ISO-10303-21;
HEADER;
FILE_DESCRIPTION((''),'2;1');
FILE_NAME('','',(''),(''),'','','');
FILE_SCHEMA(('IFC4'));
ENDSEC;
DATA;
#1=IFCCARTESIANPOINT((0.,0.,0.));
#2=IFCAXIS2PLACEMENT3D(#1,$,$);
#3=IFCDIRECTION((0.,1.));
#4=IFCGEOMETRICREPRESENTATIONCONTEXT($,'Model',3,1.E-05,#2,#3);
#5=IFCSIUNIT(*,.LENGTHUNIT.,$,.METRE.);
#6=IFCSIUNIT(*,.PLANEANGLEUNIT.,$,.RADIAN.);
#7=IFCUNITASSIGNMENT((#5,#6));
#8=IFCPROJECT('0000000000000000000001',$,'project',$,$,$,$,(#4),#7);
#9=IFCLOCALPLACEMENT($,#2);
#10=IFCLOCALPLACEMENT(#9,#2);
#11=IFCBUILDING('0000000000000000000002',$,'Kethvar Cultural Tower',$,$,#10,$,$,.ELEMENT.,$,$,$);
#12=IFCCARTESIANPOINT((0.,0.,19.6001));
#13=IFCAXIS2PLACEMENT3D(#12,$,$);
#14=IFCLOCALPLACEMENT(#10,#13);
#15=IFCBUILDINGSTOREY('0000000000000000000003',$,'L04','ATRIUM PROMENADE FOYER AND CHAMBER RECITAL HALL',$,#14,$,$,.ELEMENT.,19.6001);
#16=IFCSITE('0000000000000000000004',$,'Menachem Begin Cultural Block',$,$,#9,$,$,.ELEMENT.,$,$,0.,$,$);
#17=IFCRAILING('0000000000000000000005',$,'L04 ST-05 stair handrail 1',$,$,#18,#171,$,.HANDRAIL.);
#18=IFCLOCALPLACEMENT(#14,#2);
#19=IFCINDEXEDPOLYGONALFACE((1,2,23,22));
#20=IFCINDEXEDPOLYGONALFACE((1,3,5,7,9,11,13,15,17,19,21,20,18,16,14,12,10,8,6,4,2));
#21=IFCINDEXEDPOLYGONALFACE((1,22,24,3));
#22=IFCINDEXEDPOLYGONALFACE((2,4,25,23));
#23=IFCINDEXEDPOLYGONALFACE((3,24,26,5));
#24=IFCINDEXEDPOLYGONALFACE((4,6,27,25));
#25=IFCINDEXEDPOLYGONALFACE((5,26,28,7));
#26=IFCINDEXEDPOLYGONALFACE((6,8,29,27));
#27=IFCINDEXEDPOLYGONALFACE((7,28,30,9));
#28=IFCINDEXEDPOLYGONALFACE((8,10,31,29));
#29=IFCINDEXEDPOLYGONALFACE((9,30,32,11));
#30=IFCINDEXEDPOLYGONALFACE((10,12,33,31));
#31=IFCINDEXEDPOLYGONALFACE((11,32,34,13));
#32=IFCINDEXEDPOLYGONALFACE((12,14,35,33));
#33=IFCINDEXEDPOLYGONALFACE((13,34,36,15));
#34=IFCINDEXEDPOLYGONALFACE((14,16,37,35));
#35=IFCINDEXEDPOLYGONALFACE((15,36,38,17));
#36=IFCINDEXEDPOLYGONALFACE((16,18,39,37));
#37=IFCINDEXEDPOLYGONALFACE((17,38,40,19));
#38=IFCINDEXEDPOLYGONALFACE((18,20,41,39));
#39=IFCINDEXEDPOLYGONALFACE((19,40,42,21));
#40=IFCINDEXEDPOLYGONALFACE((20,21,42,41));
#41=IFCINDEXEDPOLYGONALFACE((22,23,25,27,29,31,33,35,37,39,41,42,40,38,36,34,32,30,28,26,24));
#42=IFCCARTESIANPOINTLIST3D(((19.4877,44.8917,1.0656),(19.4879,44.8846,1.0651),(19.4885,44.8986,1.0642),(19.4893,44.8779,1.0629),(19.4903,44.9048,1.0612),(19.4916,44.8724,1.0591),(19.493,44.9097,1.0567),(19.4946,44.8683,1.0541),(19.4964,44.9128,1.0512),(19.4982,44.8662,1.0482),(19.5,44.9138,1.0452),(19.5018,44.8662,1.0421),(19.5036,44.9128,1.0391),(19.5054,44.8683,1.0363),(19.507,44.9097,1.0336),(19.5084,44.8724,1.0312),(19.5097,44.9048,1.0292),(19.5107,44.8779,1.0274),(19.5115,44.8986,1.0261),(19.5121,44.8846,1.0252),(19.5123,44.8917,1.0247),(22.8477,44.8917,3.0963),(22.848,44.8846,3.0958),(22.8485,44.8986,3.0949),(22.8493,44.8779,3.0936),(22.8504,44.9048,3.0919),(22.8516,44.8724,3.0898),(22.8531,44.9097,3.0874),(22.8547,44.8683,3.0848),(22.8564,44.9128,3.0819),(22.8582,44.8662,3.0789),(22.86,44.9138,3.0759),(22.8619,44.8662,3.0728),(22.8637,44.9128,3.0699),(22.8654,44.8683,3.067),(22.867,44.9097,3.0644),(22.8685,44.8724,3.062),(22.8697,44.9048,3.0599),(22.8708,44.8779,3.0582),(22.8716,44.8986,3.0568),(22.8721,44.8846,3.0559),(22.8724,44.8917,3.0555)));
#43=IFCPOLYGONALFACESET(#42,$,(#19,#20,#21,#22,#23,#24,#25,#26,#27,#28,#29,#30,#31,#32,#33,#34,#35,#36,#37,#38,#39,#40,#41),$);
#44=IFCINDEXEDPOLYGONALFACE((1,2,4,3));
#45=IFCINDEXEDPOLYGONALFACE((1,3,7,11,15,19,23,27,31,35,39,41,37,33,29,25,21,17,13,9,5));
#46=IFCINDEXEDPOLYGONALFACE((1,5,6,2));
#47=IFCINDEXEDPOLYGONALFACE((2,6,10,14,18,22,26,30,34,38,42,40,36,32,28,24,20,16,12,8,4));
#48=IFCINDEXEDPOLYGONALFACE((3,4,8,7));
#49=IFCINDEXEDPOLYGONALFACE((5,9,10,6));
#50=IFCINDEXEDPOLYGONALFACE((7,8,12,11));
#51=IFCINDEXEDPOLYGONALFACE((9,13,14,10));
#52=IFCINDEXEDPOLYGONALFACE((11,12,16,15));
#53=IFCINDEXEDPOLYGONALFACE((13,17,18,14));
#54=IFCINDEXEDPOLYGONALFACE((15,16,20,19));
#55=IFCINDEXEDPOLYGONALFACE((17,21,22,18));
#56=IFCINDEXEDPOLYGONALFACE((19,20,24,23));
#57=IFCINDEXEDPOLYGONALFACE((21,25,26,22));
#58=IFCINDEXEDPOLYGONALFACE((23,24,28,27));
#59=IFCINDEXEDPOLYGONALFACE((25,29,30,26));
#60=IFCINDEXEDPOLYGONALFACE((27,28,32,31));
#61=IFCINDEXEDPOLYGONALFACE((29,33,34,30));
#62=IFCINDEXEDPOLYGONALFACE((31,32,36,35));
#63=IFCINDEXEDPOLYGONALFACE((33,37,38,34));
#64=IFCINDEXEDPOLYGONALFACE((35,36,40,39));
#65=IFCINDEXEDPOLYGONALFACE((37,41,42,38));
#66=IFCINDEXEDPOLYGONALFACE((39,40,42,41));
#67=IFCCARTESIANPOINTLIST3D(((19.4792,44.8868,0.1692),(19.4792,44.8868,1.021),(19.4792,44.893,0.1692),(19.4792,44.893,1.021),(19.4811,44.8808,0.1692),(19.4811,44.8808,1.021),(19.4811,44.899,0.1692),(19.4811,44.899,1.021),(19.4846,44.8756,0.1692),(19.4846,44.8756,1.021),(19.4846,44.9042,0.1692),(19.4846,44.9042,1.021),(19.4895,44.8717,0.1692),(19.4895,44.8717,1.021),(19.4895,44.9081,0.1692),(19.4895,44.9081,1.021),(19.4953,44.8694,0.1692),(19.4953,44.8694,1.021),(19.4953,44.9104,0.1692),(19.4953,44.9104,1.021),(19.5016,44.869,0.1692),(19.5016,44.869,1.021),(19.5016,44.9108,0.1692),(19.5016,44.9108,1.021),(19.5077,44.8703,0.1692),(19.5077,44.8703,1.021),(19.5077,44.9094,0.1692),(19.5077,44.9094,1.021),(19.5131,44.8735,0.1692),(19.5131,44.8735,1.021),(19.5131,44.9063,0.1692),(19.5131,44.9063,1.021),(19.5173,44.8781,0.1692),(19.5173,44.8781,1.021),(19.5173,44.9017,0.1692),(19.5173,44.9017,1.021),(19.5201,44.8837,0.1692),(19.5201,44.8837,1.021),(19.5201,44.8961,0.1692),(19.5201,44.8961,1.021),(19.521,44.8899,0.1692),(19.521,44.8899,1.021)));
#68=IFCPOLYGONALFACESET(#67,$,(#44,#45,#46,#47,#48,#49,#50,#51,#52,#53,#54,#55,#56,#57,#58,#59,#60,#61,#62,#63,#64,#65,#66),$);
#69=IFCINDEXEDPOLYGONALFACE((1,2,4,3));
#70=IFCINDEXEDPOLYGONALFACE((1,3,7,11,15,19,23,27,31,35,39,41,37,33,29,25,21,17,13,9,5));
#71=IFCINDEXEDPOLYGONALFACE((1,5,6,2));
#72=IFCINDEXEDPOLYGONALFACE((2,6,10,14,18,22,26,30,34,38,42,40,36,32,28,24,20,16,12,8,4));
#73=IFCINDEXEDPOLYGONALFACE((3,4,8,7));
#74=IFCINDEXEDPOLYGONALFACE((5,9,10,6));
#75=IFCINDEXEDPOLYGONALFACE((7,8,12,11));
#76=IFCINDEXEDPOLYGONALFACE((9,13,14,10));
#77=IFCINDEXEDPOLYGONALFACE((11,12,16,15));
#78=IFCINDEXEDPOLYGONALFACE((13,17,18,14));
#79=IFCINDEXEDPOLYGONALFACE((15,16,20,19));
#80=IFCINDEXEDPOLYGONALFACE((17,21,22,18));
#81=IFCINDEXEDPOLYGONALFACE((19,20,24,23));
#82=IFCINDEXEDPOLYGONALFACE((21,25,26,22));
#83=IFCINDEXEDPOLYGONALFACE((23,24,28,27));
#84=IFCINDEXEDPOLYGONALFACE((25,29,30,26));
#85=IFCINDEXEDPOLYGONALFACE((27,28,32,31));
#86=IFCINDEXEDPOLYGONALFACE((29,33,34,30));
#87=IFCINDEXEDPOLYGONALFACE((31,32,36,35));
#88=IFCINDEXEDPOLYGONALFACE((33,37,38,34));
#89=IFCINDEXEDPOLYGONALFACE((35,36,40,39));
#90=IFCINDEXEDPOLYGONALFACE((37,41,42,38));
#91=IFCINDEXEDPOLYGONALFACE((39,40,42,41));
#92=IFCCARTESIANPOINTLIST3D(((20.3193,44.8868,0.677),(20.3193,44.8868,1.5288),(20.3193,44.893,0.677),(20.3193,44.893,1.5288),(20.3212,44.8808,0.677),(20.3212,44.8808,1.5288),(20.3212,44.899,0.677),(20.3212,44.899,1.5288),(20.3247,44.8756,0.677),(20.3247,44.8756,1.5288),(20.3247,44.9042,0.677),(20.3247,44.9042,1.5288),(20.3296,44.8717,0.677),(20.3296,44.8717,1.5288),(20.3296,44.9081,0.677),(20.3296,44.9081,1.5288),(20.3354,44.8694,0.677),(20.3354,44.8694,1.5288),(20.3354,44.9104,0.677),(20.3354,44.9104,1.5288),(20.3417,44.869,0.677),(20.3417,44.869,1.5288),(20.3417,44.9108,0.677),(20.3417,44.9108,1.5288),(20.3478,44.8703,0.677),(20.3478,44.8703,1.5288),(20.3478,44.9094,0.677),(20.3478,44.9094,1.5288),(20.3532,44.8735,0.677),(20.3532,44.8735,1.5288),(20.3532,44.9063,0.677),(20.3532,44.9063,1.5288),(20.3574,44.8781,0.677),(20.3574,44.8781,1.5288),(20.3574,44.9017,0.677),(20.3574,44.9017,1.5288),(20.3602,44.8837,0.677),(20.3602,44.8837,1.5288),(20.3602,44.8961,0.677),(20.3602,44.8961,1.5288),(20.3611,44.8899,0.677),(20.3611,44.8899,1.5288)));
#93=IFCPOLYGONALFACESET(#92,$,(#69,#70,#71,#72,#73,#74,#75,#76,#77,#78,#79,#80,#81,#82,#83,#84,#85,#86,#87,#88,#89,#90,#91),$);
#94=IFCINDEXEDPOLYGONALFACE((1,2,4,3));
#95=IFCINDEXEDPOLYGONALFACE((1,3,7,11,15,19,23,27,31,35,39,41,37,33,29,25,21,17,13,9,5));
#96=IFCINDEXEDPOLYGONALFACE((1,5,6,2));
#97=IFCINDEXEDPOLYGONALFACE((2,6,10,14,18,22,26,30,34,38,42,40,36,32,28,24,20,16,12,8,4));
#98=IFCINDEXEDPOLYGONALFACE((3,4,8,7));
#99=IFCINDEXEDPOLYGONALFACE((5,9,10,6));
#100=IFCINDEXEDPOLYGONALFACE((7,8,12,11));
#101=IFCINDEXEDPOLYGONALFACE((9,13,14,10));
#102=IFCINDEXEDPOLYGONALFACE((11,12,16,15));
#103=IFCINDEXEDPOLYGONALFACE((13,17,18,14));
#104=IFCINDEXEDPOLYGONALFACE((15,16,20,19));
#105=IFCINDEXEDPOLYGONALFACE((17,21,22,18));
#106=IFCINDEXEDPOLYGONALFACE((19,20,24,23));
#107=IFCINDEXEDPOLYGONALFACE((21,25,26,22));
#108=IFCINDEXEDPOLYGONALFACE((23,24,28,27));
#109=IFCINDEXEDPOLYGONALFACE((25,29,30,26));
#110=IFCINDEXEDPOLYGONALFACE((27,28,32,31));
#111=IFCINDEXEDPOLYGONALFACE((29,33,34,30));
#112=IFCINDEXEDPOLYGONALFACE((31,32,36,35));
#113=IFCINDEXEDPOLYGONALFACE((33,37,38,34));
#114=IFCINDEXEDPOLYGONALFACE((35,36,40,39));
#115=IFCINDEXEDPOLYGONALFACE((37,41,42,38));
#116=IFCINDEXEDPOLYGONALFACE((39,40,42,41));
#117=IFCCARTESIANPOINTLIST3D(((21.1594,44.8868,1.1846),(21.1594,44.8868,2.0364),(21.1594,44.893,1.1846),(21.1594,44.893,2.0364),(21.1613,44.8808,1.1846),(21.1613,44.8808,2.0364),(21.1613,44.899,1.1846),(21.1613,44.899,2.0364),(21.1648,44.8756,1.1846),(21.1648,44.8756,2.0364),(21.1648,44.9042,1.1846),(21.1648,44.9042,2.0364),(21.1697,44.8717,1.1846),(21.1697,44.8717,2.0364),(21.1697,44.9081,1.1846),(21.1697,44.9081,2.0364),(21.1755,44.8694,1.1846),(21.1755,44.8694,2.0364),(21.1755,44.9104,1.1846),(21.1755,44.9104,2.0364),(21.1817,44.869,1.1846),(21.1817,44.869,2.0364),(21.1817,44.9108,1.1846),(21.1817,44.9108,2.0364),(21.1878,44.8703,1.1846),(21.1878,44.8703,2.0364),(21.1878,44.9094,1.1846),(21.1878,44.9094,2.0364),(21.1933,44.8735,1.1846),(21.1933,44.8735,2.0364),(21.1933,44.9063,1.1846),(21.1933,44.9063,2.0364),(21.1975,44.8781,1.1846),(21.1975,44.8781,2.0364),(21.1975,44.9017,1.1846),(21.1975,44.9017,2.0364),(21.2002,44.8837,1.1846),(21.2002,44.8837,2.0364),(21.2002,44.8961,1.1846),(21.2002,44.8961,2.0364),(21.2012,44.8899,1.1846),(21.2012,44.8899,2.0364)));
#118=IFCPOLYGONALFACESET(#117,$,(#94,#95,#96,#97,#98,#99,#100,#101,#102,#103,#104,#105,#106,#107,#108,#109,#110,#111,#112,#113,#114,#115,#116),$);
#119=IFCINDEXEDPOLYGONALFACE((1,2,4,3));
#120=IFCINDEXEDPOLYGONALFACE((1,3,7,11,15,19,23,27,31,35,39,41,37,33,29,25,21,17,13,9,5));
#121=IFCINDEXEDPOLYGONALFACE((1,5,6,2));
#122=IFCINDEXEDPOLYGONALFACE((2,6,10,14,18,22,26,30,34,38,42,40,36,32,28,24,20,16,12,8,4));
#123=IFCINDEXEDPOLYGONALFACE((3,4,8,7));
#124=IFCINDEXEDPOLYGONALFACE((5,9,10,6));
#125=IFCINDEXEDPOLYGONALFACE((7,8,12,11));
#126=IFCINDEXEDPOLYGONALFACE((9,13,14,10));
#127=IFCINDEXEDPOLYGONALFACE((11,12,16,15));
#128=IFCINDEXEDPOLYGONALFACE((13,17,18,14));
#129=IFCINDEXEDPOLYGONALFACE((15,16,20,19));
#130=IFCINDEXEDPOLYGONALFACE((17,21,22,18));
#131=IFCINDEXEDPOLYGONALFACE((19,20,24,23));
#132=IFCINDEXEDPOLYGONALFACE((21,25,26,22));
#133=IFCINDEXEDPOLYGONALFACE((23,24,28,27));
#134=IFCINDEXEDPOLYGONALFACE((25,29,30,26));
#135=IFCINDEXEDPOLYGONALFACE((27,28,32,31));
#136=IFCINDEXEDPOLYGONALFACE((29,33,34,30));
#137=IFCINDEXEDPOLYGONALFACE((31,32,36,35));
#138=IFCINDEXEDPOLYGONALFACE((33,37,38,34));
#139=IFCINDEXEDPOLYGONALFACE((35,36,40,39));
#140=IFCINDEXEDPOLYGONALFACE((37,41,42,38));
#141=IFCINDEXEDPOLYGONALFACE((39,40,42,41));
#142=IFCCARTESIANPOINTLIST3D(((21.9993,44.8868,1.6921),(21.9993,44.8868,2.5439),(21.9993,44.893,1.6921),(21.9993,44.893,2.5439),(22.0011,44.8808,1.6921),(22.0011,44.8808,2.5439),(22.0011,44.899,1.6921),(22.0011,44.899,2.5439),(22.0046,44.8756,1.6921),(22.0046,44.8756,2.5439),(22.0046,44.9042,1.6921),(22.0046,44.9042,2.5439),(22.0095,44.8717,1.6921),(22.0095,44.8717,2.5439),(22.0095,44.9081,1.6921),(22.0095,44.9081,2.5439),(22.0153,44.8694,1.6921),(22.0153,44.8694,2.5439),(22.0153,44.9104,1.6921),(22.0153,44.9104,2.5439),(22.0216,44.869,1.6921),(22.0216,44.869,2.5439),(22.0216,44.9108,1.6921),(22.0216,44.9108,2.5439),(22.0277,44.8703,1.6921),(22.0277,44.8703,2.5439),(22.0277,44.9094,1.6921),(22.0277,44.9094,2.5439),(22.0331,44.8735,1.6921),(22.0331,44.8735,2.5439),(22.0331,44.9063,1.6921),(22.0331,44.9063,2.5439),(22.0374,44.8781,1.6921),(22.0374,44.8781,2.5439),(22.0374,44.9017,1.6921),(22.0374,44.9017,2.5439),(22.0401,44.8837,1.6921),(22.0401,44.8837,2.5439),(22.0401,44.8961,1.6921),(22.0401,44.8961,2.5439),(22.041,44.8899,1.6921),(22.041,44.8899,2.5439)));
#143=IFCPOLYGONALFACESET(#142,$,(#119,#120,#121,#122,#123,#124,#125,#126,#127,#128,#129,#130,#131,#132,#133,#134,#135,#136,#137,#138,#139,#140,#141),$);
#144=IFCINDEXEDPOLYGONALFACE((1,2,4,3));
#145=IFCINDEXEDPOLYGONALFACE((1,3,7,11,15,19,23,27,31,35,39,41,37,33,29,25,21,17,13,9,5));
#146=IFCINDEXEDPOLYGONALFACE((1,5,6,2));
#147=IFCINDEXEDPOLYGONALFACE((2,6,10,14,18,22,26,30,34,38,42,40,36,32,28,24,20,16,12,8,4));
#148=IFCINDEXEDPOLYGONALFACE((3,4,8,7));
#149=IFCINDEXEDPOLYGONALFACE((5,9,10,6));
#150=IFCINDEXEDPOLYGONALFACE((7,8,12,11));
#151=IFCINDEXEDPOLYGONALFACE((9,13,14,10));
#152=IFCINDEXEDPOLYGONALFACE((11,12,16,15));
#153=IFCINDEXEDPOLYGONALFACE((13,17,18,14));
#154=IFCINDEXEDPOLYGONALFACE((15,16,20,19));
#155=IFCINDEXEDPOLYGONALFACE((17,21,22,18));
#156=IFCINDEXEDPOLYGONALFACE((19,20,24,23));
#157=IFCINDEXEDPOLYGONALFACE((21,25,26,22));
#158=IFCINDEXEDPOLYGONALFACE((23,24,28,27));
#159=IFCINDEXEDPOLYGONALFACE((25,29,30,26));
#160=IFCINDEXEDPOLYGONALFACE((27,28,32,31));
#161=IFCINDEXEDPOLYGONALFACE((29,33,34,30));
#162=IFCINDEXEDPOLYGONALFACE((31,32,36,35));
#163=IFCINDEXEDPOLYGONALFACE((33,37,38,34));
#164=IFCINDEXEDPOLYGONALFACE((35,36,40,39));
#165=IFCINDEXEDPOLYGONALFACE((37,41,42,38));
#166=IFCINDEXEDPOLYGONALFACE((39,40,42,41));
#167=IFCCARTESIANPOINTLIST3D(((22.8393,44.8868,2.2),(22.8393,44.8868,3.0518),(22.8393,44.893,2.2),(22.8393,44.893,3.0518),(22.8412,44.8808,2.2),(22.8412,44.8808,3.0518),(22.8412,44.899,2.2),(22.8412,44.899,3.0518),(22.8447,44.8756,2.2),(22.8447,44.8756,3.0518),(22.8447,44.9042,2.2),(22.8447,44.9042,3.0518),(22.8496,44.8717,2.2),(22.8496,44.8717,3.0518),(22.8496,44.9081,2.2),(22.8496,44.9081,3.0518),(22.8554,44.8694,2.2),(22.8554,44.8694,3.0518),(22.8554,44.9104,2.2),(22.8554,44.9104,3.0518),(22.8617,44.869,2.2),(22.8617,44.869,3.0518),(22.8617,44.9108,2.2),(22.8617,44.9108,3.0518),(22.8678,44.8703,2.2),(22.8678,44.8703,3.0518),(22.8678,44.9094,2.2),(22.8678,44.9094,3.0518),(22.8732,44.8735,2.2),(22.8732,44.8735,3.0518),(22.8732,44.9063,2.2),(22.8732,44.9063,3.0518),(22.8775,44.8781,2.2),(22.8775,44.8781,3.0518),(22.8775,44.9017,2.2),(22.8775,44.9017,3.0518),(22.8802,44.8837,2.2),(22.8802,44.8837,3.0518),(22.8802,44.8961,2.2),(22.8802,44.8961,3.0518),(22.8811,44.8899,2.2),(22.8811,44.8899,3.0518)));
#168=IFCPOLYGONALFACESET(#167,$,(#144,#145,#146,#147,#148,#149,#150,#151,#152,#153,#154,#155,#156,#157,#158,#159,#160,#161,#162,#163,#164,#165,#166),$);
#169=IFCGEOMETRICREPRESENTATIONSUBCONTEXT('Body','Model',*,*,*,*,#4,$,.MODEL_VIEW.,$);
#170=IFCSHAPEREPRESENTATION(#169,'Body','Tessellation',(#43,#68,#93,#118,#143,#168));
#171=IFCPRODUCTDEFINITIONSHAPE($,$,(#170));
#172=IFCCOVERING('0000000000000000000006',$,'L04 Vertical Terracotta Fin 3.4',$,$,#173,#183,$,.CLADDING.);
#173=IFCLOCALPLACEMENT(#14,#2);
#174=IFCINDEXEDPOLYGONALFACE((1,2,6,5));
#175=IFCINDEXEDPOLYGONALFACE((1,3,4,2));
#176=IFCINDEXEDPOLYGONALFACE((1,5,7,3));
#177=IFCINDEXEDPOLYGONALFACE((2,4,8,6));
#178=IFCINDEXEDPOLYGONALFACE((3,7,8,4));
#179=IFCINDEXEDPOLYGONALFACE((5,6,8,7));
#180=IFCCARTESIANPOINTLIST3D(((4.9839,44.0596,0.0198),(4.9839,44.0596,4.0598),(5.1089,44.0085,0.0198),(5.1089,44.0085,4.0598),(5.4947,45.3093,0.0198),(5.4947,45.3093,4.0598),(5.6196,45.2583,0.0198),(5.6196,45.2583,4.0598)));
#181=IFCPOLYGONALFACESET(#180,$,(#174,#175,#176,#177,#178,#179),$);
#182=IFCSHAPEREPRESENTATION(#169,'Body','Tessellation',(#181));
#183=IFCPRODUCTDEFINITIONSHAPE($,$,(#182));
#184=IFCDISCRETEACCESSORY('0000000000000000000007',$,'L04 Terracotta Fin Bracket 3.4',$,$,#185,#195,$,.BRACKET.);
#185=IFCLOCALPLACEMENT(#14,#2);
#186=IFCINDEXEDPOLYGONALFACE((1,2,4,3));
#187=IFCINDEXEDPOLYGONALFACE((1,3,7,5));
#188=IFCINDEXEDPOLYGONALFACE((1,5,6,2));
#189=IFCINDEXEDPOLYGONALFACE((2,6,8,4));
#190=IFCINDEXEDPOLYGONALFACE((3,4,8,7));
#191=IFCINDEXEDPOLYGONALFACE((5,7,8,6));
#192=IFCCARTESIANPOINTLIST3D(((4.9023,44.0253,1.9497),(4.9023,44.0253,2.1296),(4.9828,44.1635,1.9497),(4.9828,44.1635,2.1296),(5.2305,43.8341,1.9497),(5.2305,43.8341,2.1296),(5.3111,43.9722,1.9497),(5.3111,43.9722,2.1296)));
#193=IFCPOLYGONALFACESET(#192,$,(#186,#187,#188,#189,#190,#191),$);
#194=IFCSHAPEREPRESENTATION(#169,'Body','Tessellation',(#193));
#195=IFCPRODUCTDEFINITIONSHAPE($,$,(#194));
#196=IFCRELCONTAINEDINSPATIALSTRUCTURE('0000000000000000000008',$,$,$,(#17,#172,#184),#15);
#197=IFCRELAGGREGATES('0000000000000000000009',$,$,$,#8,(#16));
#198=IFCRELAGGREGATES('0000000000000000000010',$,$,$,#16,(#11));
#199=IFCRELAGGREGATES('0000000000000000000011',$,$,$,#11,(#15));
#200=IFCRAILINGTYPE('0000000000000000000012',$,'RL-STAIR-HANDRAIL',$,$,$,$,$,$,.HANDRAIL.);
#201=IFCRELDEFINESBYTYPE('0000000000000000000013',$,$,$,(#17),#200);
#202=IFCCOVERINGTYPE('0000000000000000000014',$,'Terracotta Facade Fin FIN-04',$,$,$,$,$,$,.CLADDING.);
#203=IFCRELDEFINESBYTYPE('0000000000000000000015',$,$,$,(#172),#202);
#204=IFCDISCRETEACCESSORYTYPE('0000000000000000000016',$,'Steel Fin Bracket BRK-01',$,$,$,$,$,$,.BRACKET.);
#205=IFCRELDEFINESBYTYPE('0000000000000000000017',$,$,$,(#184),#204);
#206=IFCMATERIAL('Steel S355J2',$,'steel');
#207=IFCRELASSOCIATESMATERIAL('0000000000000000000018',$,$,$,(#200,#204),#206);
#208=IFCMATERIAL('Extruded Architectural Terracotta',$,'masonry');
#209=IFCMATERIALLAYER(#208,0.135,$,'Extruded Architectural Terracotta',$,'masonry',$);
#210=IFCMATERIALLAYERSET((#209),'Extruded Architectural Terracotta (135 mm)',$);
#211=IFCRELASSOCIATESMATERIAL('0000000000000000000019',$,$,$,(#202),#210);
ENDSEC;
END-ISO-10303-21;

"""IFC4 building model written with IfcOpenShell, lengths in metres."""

from ifc_helpers import new_model, si_unit, direction, frame, origin, origin_2d, place, context, subcontext, project, spatial, rectangle, circle, extrude, source, transform, mapped, material, layer, layer_set, type_object, element, save


model = new_model("IFC4")

# Units and contexts
model_context = context("Model", 3, precision=1e-05, world=origin(), true_north=direction((0.0, 1.0)))
body_context = subcontext(model_context, "Body", "Model", "MODEL_VIEW")
ifc_project = project(units=[si_unit("LENGTHUNIT", "METRE"), si_unit("PLANEANGLEUNIT", "RADIAN")], contexts=[model_context])

# Site, building, storey
site_placement = place(None, origin())
site = spatial("IfcSite", under=ifc_project, at=site_placement, Name="Menachem Begin Cultural Block", CompositionType="ELEMENT", RefElevation=0.0)
building_placement = place(site_placement, origin())
building = spatial("IfcBuilding", under=site, at=building_placement, Name="Kethvar Cultural Tower", CompositionType="ELEMENT")
storey_placement = place(building_placement, frame((0.0, 0.0, 19.6001)))
storey = spatial("IfcBuildingStorey", under=building, at=storey_placement, Name="L04", Description="ATRIUM PROMENADE FOYER AND CHAMBER RECITAL HALL", CompositionType="ELEMENT", Elevation=19.6001)

# Shared definitions
ifc_material_1 = material(Name="Steel S355J2", Category="steel")

# Railing
railing_type_1 = type_object("IfcRailingType", Name="RL-STAIR-HANDRAIL", PredefinedType="HANDRAIL", material=ifc_material_1)
railing_1_placement = place(storey_placement, frame((19.5, 44.8899, 0.1692)))
element("IfcRailing", 1, at=railing_1_placement, inside=storey, type_object=railing_type_1, Name="L04 ST-05 stair handrail 1", PredefinedType="HANDRAIL", context=body_context, shape_type="SweptSolid", body=[
    extrude(circle(Radius=0.0239, at=origin_2d()), frame((0.0, 0.0, 0.876), z_axis=(0.855837, 0.0, 0.517246), x_axis=(0.0, 1.0, 0.0)), (0.0, 0.0, 1.0), 3.926),
    extrude(circle(Radius=0.021, at=origin_2d()), origin(), (0.0, 0.0, 1.0), 0.8518),
    extrude(circle(Radius=0.021, at=origin_2d()), frame((0.8401, 0.0, 0.5078)), (0.0, 0.0, 1.0), 0.8518),
    extrude(circle(Radius=0.021, at=origin_2d()), frame((1.6802, 0.0, 1.0154)), (0.0, 0.0, 1.0), 0.8518),
    extrude(circle(Radius=0.021, at=origin_2d()), frame((2.52, 0.0, 1.5229)), (0.0, 0.0, 1.0), 0.8518),
    extrude(circle(Radius=0.021, at=origin_2d()), frame((3.3601, 0.0, 2.0308)), (0.0, 0.0, 1.0), 0.8518),
])

# Covering
ifc_material_2 = material(Name="Extruded Architectural Terracotta", Category="masonry")
ifc_layer_1 = layer(ifc_material_2, 0.135, Name="Extruded Architectural Terracotta", Category="masonry")
ifc_layer_set_1 = layer_set([ifc_layer_1], Name="Extruded Architectural Terracotta (135 mm)")
covering_type = type_object("IfcCoveringType", Name="Terracotta Facade Fin FIN-04", PredefinedType="CLADDING", material=ifc_layer_set_1)
shared_shape_1 = source(origin(), body_context, "Body", "SweptSolid", [
    extrude(rectangle(XDim=1.3501, YDim=0.135, at=origin_2d()), origin(), (0.0, 0.0, 1.0), 4.04),
])
covering_placement = place(storey_placement, frame((5.3018, 44.6589, 0.0198), z_axis=(0.0, 0.0, 1.0), x_axis=(0.378326, 0.925673, 0.0)))
element("IfcCovering", 2, at=covering_placement, inside=storey, type_object=covering_type, Name="L04 Vertical Terracotta Fin 3.4", PredefinedType="CLADDING", context=body_context, shape_type="MappedRepresentation", body=[
    mapped(shared_shape_1, transform((0.0, 0.0, 0.0), scale=1.0)),
])

# Discrete accessory
discrete_accessory_type = type_object("IfcDiscreteAccessoryType", Name="Steel Fin Bracket BRK-01", PredefinedType="BRACKET", material=ifc_material_1)
shared_shape_2 = source(origin(), body_context, "Body", "SweptSolid", [
    extrude(rectangle(XDim=0.3799, YDim=0.1599, at=origin_2d()), origin(), (0.0, 0.0, 1.0), 0.1799),
])
discrete_accessory_placement = place(storey_placement, frame((5.1067, 43.9988, 1.9497), z_axis=(0.0, 0.0, 1.0), x_axis=(-0.864011, 0.503472, 0.0)))
element("IfcDiscreteAccessory", 3, at=discrete_accessory_placement, inside=storey, type_object=discrete_accessory_type, Name="L04 Terracotta Fin Bracket 3.4", PredefinedType="BRACKET", context=body_context, shape_type="MappedRepresentation", body=[
    mapped(shared_shape_2, transform((0.0, 0.0, 0.0), scale=1.0)),
])

save(model, "model.ifc")
